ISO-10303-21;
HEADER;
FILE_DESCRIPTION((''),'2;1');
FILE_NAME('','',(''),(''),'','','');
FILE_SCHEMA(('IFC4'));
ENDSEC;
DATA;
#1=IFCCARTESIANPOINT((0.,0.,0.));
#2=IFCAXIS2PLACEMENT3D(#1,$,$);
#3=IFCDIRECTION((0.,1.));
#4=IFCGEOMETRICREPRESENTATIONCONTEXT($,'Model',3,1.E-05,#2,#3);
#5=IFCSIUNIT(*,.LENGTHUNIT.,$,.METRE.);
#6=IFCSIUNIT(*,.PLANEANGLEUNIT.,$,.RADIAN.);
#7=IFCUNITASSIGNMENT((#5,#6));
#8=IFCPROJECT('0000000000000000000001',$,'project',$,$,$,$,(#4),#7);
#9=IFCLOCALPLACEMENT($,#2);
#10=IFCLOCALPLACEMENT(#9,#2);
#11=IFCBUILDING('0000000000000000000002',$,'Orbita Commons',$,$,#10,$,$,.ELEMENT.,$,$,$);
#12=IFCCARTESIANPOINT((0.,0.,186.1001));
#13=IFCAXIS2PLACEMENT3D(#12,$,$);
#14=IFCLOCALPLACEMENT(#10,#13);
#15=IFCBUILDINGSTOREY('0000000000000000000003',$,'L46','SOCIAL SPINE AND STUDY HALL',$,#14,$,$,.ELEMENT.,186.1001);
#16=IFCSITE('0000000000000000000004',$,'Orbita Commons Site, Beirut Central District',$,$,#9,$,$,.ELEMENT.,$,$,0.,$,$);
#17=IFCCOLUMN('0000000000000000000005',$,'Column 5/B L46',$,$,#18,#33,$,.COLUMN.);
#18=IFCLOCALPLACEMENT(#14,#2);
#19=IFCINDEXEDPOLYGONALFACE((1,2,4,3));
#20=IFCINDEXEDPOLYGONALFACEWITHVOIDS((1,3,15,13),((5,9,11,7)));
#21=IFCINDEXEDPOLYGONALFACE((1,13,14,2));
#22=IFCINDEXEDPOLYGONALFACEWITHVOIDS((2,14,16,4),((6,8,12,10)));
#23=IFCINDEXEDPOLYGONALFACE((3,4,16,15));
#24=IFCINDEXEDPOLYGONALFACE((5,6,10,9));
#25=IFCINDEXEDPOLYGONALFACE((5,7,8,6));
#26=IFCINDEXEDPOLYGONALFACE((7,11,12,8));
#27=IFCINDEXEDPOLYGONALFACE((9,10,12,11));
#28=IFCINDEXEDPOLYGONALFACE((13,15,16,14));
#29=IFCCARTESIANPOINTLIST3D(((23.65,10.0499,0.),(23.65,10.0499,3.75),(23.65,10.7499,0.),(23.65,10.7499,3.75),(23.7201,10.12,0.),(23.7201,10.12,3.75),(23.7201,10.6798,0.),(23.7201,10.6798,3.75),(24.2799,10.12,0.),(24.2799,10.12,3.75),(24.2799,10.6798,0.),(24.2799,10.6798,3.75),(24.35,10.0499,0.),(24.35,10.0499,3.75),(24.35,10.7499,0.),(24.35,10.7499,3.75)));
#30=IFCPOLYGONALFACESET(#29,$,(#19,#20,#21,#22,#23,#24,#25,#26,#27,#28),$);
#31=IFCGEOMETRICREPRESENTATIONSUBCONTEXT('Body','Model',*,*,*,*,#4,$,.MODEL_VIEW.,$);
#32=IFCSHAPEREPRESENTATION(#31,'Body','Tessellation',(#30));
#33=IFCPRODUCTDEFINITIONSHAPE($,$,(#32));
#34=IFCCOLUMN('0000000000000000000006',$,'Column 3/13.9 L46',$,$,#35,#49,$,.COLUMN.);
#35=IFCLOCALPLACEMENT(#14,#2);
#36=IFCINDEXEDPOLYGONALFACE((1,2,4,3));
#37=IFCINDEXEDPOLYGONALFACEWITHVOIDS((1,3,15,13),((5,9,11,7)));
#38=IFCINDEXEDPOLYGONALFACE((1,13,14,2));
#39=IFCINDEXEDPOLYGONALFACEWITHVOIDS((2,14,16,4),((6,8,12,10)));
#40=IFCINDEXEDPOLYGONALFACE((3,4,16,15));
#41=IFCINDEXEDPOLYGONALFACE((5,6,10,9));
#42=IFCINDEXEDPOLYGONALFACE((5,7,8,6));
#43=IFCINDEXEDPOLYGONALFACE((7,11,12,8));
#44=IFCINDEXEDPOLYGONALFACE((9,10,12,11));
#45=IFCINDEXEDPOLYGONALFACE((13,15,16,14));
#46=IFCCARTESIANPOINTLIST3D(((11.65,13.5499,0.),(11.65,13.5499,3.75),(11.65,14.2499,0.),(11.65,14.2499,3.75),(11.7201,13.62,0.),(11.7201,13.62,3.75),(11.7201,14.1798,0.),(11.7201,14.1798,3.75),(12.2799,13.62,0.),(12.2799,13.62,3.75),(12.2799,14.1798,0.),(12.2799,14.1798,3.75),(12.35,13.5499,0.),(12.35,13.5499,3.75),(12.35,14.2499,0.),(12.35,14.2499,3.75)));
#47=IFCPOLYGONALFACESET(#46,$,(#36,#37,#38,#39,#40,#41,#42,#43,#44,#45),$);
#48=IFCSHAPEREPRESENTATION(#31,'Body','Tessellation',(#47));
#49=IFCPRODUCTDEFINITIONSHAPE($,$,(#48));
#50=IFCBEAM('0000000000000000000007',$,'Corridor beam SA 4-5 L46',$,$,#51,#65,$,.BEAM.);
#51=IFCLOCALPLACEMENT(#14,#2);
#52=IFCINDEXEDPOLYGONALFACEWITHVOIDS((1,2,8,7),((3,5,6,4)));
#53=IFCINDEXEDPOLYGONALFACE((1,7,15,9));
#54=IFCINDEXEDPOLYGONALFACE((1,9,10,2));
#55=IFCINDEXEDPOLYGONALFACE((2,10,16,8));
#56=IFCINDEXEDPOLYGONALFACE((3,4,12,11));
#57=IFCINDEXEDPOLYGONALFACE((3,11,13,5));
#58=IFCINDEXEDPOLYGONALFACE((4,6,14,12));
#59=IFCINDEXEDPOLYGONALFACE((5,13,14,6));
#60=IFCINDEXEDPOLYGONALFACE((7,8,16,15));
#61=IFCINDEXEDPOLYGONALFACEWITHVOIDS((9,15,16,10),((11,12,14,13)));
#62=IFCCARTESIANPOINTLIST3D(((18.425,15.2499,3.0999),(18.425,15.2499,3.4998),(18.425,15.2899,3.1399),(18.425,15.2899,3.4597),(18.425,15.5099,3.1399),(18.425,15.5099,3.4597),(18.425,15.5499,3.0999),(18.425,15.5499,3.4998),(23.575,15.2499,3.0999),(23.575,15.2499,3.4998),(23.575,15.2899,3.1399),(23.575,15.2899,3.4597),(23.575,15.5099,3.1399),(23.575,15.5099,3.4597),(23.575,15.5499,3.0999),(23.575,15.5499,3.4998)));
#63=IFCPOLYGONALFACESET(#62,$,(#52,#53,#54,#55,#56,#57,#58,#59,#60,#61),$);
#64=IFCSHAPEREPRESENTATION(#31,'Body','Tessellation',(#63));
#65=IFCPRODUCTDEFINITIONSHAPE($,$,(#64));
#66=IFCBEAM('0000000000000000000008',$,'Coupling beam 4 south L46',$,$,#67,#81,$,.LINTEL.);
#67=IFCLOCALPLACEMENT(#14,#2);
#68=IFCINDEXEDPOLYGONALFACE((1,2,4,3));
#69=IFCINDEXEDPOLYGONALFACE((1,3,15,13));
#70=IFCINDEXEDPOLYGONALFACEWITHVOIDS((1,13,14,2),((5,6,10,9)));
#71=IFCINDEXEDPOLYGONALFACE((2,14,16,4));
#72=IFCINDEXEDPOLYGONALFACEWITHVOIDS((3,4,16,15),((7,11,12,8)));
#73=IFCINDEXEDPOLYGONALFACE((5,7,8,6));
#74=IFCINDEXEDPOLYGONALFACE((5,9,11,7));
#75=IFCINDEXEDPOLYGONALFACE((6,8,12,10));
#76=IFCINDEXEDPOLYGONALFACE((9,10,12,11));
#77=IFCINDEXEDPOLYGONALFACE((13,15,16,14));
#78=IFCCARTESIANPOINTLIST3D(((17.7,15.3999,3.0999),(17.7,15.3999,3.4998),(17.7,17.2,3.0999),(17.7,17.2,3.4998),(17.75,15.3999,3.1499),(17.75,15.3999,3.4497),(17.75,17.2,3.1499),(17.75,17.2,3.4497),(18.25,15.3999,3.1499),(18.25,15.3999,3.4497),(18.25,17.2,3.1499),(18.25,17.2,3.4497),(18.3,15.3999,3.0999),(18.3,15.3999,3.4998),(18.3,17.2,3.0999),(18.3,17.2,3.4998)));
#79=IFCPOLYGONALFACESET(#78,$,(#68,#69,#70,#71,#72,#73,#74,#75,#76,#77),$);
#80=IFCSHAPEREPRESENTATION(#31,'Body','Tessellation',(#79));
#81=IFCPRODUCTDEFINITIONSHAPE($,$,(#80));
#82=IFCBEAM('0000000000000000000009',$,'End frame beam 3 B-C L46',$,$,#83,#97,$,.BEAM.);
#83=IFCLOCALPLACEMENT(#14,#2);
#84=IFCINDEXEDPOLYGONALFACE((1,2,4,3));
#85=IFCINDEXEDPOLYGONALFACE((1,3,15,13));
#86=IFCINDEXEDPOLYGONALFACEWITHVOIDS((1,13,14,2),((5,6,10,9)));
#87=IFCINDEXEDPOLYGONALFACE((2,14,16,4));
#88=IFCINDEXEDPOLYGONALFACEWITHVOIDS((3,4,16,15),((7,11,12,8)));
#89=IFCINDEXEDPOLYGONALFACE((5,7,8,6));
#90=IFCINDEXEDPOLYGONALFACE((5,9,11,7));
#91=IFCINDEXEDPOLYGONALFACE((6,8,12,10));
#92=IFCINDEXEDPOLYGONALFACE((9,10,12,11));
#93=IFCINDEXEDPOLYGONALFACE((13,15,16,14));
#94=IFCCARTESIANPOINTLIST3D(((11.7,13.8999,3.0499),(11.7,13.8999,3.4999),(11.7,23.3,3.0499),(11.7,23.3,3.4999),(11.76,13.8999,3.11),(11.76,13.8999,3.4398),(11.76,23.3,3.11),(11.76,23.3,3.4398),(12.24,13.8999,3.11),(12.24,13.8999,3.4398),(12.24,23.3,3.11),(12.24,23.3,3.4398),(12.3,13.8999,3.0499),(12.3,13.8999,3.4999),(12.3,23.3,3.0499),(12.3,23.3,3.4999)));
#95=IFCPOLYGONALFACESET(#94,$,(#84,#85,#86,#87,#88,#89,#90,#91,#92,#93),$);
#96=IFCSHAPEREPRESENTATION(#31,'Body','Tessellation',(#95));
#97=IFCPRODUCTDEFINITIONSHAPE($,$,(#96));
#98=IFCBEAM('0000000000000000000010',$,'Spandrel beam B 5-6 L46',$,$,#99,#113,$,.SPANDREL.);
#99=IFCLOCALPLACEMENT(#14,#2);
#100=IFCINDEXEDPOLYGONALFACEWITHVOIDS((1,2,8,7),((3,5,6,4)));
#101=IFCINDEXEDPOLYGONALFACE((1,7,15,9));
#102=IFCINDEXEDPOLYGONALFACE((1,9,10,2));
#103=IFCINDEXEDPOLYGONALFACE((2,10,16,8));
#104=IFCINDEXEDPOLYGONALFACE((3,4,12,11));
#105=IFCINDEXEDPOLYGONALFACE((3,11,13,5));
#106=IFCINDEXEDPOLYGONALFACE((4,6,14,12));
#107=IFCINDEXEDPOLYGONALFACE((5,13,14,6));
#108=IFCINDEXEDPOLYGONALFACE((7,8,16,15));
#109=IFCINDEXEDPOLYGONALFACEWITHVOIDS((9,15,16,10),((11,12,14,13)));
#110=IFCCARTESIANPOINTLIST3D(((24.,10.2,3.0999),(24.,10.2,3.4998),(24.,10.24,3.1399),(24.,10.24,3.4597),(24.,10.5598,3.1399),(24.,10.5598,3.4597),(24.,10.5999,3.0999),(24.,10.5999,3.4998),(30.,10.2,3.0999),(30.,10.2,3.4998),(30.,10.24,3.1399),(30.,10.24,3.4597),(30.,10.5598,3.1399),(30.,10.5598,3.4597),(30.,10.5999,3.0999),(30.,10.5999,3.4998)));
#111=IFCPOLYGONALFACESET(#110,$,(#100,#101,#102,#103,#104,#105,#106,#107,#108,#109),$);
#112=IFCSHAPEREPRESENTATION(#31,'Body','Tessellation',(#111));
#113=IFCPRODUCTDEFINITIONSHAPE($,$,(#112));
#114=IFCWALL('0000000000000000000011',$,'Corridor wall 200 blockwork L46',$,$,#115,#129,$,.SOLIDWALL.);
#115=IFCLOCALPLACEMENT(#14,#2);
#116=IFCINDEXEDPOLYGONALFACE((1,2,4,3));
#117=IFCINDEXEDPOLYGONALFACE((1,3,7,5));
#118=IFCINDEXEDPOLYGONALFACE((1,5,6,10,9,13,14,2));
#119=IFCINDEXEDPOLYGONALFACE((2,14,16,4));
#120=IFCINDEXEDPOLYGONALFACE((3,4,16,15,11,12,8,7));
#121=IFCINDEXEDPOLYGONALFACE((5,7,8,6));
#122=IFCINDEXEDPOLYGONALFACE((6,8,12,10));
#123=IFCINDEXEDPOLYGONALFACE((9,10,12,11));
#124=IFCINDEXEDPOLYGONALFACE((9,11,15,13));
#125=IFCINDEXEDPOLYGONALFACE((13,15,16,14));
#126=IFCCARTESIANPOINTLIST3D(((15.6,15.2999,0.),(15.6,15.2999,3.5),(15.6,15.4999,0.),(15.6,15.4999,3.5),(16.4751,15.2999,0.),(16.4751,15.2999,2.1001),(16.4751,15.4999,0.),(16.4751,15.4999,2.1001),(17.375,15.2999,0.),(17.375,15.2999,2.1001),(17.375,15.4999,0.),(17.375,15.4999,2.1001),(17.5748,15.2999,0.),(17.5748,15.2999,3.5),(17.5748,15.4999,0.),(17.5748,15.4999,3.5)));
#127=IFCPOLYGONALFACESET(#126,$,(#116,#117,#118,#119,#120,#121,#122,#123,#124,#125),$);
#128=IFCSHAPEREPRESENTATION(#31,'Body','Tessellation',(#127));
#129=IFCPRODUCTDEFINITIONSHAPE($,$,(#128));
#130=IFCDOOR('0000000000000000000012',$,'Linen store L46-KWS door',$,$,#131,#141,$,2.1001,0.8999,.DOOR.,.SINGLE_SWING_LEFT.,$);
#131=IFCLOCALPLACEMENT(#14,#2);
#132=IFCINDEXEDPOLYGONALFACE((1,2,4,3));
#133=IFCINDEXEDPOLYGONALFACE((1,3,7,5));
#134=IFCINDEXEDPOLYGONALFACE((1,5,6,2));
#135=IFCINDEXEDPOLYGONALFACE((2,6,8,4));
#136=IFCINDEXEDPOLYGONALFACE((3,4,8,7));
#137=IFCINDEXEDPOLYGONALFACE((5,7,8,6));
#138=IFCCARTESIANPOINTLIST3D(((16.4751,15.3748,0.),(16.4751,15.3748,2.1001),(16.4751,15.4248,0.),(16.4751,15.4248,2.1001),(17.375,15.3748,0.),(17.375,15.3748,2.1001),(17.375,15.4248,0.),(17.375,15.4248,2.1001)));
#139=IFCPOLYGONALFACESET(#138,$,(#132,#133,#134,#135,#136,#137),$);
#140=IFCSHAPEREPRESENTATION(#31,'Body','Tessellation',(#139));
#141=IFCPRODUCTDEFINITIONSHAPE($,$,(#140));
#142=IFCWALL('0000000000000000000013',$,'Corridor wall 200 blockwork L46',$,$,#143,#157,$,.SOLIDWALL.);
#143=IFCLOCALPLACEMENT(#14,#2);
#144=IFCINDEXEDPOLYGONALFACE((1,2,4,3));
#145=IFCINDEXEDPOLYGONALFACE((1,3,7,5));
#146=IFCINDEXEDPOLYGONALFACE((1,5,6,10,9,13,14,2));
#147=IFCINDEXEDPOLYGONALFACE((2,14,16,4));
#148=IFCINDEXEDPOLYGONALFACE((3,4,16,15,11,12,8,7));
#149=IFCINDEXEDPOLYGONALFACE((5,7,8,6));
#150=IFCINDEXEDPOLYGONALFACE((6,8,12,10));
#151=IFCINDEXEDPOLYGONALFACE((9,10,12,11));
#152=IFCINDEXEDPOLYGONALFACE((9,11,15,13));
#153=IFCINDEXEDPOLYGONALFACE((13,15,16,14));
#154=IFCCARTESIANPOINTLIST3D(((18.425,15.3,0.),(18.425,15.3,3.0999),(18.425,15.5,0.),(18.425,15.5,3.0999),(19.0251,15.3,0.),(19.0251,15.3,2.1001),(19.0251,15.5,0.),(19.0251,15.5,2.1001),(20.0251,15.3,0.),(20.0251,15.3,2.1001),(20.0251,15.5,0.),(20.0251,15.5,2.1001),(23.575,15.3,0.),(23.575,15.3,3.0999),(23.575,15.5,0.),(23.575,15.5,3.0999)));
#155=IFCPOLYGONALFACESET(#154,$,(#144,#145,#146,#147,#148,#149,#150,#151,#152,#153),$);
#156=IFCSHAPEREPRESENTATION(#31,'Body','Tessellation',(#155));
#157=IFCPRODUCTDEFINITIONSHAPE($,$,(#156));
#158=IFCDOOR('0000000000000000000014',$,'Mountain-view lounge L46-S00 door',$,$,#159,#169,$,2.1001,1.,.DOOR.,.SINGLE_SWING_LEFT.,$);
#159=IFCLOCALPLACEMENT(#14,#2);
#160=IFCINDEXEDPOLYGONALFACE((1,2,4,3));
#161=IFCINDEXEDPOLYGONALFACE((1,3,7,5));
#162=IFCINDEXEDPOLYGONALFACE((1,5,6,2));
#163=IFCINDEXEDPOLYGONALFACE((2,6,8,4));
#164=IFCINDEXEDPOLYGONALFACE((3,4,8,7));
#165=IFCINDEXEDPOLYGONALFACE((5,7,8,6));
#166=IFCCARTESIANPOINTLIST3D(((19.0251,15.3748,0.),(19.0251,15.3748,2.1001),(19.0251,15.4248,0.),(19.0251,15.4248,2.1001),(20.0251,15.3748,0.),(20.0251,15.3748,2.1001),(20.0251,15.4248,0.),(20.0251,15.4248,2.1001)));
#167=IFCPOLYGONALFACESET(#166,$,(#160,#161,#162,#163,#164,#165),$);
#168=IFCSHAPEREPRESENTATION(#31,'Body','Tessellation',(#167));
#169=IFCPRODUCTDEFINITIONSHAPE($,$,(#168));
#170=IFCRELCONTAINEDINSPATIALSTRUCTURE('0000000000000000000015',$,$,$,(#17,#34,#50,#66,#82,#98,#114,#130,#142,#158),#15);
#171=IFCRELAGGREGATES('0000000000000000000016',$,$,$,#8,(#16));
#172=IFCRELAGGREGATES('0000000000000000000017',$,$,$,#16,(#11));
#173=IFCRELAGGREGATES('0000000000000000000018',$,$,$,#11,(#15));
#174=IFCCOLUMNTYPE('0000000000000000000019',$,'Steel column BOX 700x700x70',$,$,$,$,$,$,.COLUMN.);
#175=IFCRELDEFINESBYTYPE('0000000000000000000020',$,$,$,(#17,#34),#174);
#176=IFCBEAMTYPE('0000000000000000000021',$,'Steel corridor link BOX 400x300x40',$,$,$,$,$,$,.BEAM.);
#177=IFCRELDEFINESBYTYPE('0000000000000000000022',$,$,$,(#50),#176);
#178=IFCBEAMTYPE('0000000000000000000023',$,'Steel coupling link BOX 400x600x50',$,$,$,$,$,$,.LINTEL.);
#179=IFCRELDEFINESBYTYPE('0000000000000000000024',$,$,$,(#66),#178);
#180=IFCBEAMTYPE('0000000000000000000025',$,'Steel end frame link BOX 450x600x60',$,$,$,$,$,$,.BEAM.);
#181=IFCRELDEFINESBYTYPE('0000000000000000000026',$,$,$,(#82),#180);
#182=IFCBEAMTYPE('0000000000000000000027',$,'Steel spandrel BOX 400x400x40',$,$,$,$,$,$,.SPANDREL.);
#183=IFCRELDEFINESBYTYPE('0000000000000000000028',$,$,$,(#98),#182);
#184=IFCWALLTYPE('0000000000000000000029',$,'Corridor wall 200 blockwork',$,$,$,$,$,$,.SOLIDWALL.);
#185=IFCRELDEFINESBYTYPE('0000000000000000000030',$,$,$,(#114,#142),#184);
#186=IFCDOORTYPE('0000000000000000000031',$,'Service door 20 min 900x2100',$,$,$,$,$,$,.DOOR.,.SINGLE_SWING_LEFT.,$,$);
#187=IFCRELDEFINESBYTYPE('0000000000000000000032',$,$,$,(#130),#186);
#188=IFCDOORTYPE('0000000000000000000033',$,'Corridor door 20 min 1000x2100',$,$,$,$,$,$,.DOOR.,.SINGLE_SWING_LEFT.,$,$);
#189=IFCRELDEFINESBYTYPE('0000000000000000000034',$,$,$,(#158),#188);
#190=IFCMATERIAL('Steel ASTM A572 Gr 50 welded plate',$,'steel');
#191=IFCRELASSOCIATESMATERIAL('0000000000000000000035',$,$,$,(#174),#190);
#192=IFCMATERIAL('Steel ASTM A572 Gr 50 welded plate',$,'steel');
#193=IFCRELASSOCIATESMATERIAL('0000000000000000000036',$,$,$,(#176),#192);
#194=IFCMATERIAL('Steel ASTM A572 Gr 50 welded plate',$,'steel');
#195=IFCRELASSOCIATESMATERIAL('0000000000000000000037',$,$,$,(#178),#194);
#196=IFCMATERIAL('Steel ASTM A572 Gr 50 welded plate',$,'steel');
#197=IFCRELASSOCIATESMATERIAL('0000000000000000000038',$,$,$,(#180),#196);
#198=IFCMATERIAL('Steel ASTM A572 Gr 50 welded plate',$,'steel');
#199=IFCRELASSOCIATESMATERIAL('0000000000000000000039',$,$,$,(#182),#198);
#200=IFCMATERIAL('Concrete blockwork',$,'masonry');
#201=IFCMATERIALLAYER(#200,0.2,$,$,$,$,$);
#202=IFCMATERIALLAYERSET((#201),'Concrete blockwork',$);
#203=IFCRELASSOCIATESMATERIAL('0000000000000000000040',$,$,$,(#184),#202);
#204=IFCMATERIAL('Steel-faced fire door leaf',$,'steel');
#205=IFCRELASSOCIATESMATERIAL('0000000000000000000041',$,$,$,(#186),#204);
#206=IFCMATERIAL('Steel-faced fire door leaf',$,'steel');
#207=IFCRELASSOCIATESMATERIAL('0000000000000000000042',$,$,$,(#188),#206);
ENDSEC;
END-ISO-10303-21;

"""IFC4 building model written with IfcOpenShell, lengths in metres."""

from ifc_helpers import new_model, si_unit, direction, frame, frame_2d, origin, origin_2d, place, context, subcontext, project, spatial, polyline, rectangle, hollow_rectangle, outline, extrude, material, layer, layer_set, material_profile, profile_set, type_object, element, fill, save


model = new_model("IFC4")

# Units and contexts
model_context = context("Model", 3, precision=1e-05, world=origin(), true_north=direction((0.0, 1.0)))
body_context = subcontext(model_context, "Body", "Model", "MODEL_VIEW")
ifc_project = project(units=[si_unit("LENGTHUNIT", "METRE"), si_unit("PLANEANGLEUNIT", "RADIAN")], contexts=[model_context])

# Site, building, storey
site_placement = place(None, origin())
site = spatial("IfcSite", under=ifc_project, at=site_placement, Name="Orbita Commons Site, Beirut Central District", CompositionType="ELEMENT", RefElevation=0.0)
building_placement = place(site_placement, origin())
building = spatial("IfcBuilding", under=site, at=building_placement, Name="Orbita Commons", CompositionType="ELEMENT")
storey_placement = place(building_placement, frame((0.0, 0.0, 186.1001)))
storey = spatial("IfcBuildingStorey", under=building, at=storey_placement, Name="L46", Description="SOCIAL SPINE AND STUDY HALL", CompositionType="ELEMENT", Elevation=186.1001)

# Columns
ifc_material_1 = material(Name="Steel ASTM A572 Gr 50 welded plate", Category="steel")
ifc_material_profile_1 = material_profile(ifc_material_1, hollow_rectangle(XDim=0.7, YDim=0.7, WallThickness=0.0701, at=origin_2d()), Name="BOX 700x700x70")
ifc_profile_set_1 = profile_set([ifc_material_profile_1], Name="Steel ASTM A572 Gr 50 welded plate")
column_type = type_object("IfcColumnType", Name="Steel column BOX 700x700x70", PredefinedType="COLUMN", material=ifc_profile_set_1)
for number, where, z_axis, x_axis, name in (
    (1, (24.0, 10.3999, 0.0), (0.0, 0.0, 1.0), (1.0, 0.0, 0.0), "Column 5/B L46"),
    (2, (12.0, 13.8999, 0.0), (0.0, 0.0, 1.0), (1.0, 0.0, 0.0), "Column 3/13.9 L46"),
):
    element("IfcColumn", number, at=place(storey_placement, frame(where, z_axis=z_axis, x_axis=x_axis)), inside=storey, type_object=column_type, Name=name, PredefinedType="COLUMN", context=body_context, shape_type="SweptSolid", body=[
        extrude(hollow_rectangle(XDim=0.7, YDim=0.7, WallThickness=0.0701, at=origin_2d()), origin(), (0.0, 0.0, 1.0), 3.75),
    ])

# Beams
ifc_material_2 = material(Name="Steel ASTM A572 Gr 50 welded plate", Category="steel")
ifc_material_profile_2 = material_profile(ifc_material_2, hollow_rectangle(XDim=0.3, YDim=0.3999, WallThickness=0.04, at=origin_2d()), Name="BOX 400x300x40")
ifc_profile_set_2 = profile_set([ifc_material_profile_2], Name="Steel ASTM A572 Gr 50 welded plate")
beam_type_1 = type_object("IfcBeamType", Name="Steel corridor link BOX 400x300x40", PredefinedType="BEAM", material=ifc_profile_set_2)
beam_1_placement = place(storey_placement, frame((18.425, 15.3999, 3.2998), z_axis=(1.0, 0.0, 0.0), x_axis=(0.0, 1.0, 0.0)))
element("IfcBeam", 3, at=beam_1_placement, inside=storey, type_object=beam_type_1, Name="Corridor beam SA 4-5 L46", PredefinedType="BEAM", context=body_context, shape_type="SweptSolid", body=[
    extrude(hollow_rectangle(XDim=0.3, YDim=0.3999, WallThickness=0.04, at=origin_2d()), origin(), (0.0, 0.0, 1.0), 5.1499),
])
ifc_material_3 = material(Name="Steel ASTM A572 Gr 50 welded plate", Category="steel")
ifc_material_profile_3 = material_profile(ifc_material_3, hollow_rectangle(XDim=0.6001, YDim=0.3999, WallThickness=0.05, at=origin_2d()), Name="BOX 400x600x50")
ifc_profile_set_3 = profile_set([ifc_material_profile_3], Name="Steel ASTM A572 Gr 50 welded plate")
beam_type_2 = type_object("IfcBeamType", Name="Steel coupling link BOX 400x600x50", PredefinedType="LINTEL", material=ifc_profile_set_3)
beam_2_placement = place(storey_placement, frame((18.0, 15.3999, 3.2998), z_axis=(0.0, 1.0, 0.0), x_axis=(-1.0, 0.0, 0.0)))
element("IfcBeam", 4, at=beam_2_placement, inside=storey, type_object=beam_type_2, Name="Coupling beam 4 south L46", PredefinedType="LINTEL", context=body_context, shape_type="SweptSolid", body=[
    extrude(hollow_rectangle(XDim=0.6001, YDim=0.3999, WallThickness=0.05, at=origin_2d()), origin(), (0.0, 0.0, 1.0), 1.8),
])
ifc_material_4 = material(Name="Steel ASTM A572 Gr 50 welded plate", Category="steel")
ifc_material_profile_4 = material_profile(ifc_material_4, hollow_rectangle(XDim=0.6001, YDim=0.45, WallThickness=0.0601, at=origin_2d()), Name="BOX 450x600x60")
ifc_profile_set_4 = profile_set([ifc_material_profile_4], Name="Steel ASTM A572 Gr 50 welded plate")
beam_type_3 = type_object("IfcBeamType", Name="Steel end frame link BOX 450x600x60", PredefinedType="BEAM", material=ifc_profile_set_4)
beam_3_placement = place(storey_placement, frame((12.0, 13.8999, 3.2749), z_axis=(0.0, 1.0, 0.0), x_axis=(-1.0, 0.0, 0.0)))
element("IfcBeam", 5, at=beam_3_placement, inside=storey, type_object=beam_type_3, Name="End frame beam 3 B-C L46", PredefinedType="BEAM", context=body_context, shape_type="SweptSolid", body=[
    extrude(hollow_rectangle(XDim=0.6001, YDim=0.45, WallThickness=0.0601, at=origin_2d()), origin(), (0.0, 0.0, 1.0), 9.4001),
])
ifc_material_5 = material(Name="Steel ASTM A572 Gr 50 welded plate", Category="steel")
ifc_material_profile_5 = material_profile(ifc_material_5, hollow_rectangle(XDim=0.3999, YDim=0.3999, WallThickness=0.04, at=origin_2d()), Name="BOX 400x400x40")
ifc_profile_set_5 = profile_set([ifc_material_profile_5], Name="Steel ASTM A572 Gr 50 welded plate")
beam_type_4 = type_object("IfcBeamType", Name="Steel spandrel BOX 400x400x40", PredefinedType="SPANDREL", material=ifc_profile_set_5)
beam_4_placement = place(storey_placement, frame((24.0, 10.3999, 3.2998), z_axis=(1.0, 0.0, 0.0), x_axis=(0.0, 1.0, 0.0)))
element("IfcBeam", 6, at=beam_4_placement, inside=storey, type_object=beam_type_4, Name="Spandrel beam B 5-6 L46", PredefinedType="SPANDREL", context=body_context, shape_type="SweptSolid", body=[
    extrude(hollow_rectangle(XDim=0.3999, YDim=0.3999, WallThickness=0.04, at=origin_2d()), origin(), (0.0, 0.0, 1.0), 6.0),
])

# Walls, openings, doors
ifc_material_6 = material(Name="Concrete blockwork", Category="masonry")
ifc_layer_1 = layer(ifc_material_6, 0.2)
ifc_layer_set_1 = layer_set([ifc_layer_1], Name="Concrete blockwork")
wall_type_1 = type_object("IfcWallType", Name="Corridor wall 200 blockwork", PredefinedType="SOLIDWALL", material=ifc_layer_set_1)
wall_1_placement = place(storey_placement, frame((15.6001, 15.3999, 0.0), z_axis=(0.0, 0.0, 1.0), x_axis=(1.0, 0.0, 0.0)))
wall_1 = element("IfcWall", 7, at=wall_1_placement, inside=storey, type_object=wall_type_1, Name="Corridor wall 200 blockwork L46", PredefinedType="SOLIDWALL", context=body_context, shape_type="SweptSolid", body=[
    extrude(rectangle(XDim=1.9749, YDim=0.2, at=frame_2d((0.9873, 0.0))), origin(), (0.0, 0.0, 1.0), 3.5),
])
opening_1_placement = place(wall_1_placement, frame((0.875, 0.0, 0.0)))
opening_1 = element("IfcOpeningElement", 8, at=opening_1_placement, cuts=wall_1, PredefinedType="OPENING", context=body_context, shape_type="SweptSolid", body=[
    extrude(rectangle(XDim=0.8999, YDim=2.1001, at=frame_2d((0.45, 1.05))), frame((0.0, 0.1099, 0.0), z_axis=(0.0, -1.0, 0.0), x_axis=(1.0, 0.0, 0.0)), (0.0, 0.0, 1.0), 0.22),
])
ifc_material_7 = material(Name="Steel-faced fire door leaf", Category="steel")
door_type_1 = type_object("IfcDoorType", Name="Service door 20 min 900x2100", OperationType="SINGLE_SWING_LEFT", PredefinedType="DOOR", material=ifc_material_7)
door_1_placement = place(opening_1_placement, origin())
door_1 = element("IfcDoor", 9, at=door_1_placement, inside=storey, type_object=door_type_1, Name="Linen store L46-KWS door", OperationType="SINGLE_SWING_LEFT", OverallHeight=2.1001, OverallWidth=0.8999, PredefinedType="DOOR", context=body_context, shape_type="SweptSolid", body=[
    extrude(rectangle(XDim=0.8999, YDim=2.1001, at=frame_2d((0.45, 1.05))), frame((0.0, 0.0249, 0.0), z_axis=(0.0, -1.0, 0.0), x_axis=(1.0, 0.0, 0.0)), (0.0, 0.0, 1.0), 0.05),
])
fill(opening_1, door_1)
wall_2_placement = place(storey_placement, frame((18.425, 15.3999, 0.0), z_axis=(0.0, 0.0, 1.0), x_axis=(1.0, 0.0, 0.0)))
wall_2 = element("IfcWall", 10, at=wall_2_placement, inside=storey, type_object=wall_type_1, Name="Corridor wall 200 blockwork L46", PredefinedType="SOLIDWALL", context=body_context, shape_type="SweptSolid", body=[
    extrude(outline(polyline([(0.0, 0.0), (5.1499, 0.0), (5.1499, 3.0999), (0.0, 3.0999), (0.0, 0.0)])), frame((0.0, 0.1001, 0.0), z_axis=(0.0, -1.0, 0.0), x_axis=(1.0, 0.0, 0.0)), (0.0, 0.0, 1.0), 0.2),
])
opening_2_placement = place(wall_2_placement, frame((0.6001, 0.0, 0.0)))
opening_2 = element("IfcOpeningElement", 11, at=opening_2_placement, cuts=wall_2, PredefinedType="OPENING", context=body_context, shape_type="SweptSolid", body=[
    extrude(rectangle(XDim=1.0, YDim=2.1001, at=frame_2d((0.5, 1.05))), frame((0.0, 0.1099, 0.0), z_axis=(0.0, -1.0, 0.0), x_axis=(1.0, 0.0, 0.0)), (0.0, 0.0, 1.0), 0.22),
])
ifc_material_8 = material(Name="Steel-faced fire door leaf", Category="steel")
door_type_2 = type_object("IfcDoorType", Name="Corridor door 20 min 1000x2100", OperationType="SINGLE_SWING_LEFT", PredefinedType="DOOR", material=ifc_material_8)
door_2_placement = place(opening_2_placement, origin())
door_2 = element("IfcDoor", 12, at=door_2_placement, inside=storey, type_object=door_type_2, Name="Mountain-view lounge L46-S00 door", OperationType="SINGLE_SWING_LEFT", OverallHeight=2.1001, OverallWidth=1.0, PredefinedType="DOOR", context=body_context, shape_type="SweptSolid", body=[
    extrude(rectangle(XDim=1.0, YDim=2.1001, at=frame_2d((0.5, 1.05))), frame((0.0, 0.0249, 0.0), z_axis=(0.0, -1.0, 0.0), x_axis=(1.0, 0.0, 0.0)), (0.0, 0.0, 1.0), 0.05),
])
fill(opening_2, door_2)

save(model, "model.ifc")
